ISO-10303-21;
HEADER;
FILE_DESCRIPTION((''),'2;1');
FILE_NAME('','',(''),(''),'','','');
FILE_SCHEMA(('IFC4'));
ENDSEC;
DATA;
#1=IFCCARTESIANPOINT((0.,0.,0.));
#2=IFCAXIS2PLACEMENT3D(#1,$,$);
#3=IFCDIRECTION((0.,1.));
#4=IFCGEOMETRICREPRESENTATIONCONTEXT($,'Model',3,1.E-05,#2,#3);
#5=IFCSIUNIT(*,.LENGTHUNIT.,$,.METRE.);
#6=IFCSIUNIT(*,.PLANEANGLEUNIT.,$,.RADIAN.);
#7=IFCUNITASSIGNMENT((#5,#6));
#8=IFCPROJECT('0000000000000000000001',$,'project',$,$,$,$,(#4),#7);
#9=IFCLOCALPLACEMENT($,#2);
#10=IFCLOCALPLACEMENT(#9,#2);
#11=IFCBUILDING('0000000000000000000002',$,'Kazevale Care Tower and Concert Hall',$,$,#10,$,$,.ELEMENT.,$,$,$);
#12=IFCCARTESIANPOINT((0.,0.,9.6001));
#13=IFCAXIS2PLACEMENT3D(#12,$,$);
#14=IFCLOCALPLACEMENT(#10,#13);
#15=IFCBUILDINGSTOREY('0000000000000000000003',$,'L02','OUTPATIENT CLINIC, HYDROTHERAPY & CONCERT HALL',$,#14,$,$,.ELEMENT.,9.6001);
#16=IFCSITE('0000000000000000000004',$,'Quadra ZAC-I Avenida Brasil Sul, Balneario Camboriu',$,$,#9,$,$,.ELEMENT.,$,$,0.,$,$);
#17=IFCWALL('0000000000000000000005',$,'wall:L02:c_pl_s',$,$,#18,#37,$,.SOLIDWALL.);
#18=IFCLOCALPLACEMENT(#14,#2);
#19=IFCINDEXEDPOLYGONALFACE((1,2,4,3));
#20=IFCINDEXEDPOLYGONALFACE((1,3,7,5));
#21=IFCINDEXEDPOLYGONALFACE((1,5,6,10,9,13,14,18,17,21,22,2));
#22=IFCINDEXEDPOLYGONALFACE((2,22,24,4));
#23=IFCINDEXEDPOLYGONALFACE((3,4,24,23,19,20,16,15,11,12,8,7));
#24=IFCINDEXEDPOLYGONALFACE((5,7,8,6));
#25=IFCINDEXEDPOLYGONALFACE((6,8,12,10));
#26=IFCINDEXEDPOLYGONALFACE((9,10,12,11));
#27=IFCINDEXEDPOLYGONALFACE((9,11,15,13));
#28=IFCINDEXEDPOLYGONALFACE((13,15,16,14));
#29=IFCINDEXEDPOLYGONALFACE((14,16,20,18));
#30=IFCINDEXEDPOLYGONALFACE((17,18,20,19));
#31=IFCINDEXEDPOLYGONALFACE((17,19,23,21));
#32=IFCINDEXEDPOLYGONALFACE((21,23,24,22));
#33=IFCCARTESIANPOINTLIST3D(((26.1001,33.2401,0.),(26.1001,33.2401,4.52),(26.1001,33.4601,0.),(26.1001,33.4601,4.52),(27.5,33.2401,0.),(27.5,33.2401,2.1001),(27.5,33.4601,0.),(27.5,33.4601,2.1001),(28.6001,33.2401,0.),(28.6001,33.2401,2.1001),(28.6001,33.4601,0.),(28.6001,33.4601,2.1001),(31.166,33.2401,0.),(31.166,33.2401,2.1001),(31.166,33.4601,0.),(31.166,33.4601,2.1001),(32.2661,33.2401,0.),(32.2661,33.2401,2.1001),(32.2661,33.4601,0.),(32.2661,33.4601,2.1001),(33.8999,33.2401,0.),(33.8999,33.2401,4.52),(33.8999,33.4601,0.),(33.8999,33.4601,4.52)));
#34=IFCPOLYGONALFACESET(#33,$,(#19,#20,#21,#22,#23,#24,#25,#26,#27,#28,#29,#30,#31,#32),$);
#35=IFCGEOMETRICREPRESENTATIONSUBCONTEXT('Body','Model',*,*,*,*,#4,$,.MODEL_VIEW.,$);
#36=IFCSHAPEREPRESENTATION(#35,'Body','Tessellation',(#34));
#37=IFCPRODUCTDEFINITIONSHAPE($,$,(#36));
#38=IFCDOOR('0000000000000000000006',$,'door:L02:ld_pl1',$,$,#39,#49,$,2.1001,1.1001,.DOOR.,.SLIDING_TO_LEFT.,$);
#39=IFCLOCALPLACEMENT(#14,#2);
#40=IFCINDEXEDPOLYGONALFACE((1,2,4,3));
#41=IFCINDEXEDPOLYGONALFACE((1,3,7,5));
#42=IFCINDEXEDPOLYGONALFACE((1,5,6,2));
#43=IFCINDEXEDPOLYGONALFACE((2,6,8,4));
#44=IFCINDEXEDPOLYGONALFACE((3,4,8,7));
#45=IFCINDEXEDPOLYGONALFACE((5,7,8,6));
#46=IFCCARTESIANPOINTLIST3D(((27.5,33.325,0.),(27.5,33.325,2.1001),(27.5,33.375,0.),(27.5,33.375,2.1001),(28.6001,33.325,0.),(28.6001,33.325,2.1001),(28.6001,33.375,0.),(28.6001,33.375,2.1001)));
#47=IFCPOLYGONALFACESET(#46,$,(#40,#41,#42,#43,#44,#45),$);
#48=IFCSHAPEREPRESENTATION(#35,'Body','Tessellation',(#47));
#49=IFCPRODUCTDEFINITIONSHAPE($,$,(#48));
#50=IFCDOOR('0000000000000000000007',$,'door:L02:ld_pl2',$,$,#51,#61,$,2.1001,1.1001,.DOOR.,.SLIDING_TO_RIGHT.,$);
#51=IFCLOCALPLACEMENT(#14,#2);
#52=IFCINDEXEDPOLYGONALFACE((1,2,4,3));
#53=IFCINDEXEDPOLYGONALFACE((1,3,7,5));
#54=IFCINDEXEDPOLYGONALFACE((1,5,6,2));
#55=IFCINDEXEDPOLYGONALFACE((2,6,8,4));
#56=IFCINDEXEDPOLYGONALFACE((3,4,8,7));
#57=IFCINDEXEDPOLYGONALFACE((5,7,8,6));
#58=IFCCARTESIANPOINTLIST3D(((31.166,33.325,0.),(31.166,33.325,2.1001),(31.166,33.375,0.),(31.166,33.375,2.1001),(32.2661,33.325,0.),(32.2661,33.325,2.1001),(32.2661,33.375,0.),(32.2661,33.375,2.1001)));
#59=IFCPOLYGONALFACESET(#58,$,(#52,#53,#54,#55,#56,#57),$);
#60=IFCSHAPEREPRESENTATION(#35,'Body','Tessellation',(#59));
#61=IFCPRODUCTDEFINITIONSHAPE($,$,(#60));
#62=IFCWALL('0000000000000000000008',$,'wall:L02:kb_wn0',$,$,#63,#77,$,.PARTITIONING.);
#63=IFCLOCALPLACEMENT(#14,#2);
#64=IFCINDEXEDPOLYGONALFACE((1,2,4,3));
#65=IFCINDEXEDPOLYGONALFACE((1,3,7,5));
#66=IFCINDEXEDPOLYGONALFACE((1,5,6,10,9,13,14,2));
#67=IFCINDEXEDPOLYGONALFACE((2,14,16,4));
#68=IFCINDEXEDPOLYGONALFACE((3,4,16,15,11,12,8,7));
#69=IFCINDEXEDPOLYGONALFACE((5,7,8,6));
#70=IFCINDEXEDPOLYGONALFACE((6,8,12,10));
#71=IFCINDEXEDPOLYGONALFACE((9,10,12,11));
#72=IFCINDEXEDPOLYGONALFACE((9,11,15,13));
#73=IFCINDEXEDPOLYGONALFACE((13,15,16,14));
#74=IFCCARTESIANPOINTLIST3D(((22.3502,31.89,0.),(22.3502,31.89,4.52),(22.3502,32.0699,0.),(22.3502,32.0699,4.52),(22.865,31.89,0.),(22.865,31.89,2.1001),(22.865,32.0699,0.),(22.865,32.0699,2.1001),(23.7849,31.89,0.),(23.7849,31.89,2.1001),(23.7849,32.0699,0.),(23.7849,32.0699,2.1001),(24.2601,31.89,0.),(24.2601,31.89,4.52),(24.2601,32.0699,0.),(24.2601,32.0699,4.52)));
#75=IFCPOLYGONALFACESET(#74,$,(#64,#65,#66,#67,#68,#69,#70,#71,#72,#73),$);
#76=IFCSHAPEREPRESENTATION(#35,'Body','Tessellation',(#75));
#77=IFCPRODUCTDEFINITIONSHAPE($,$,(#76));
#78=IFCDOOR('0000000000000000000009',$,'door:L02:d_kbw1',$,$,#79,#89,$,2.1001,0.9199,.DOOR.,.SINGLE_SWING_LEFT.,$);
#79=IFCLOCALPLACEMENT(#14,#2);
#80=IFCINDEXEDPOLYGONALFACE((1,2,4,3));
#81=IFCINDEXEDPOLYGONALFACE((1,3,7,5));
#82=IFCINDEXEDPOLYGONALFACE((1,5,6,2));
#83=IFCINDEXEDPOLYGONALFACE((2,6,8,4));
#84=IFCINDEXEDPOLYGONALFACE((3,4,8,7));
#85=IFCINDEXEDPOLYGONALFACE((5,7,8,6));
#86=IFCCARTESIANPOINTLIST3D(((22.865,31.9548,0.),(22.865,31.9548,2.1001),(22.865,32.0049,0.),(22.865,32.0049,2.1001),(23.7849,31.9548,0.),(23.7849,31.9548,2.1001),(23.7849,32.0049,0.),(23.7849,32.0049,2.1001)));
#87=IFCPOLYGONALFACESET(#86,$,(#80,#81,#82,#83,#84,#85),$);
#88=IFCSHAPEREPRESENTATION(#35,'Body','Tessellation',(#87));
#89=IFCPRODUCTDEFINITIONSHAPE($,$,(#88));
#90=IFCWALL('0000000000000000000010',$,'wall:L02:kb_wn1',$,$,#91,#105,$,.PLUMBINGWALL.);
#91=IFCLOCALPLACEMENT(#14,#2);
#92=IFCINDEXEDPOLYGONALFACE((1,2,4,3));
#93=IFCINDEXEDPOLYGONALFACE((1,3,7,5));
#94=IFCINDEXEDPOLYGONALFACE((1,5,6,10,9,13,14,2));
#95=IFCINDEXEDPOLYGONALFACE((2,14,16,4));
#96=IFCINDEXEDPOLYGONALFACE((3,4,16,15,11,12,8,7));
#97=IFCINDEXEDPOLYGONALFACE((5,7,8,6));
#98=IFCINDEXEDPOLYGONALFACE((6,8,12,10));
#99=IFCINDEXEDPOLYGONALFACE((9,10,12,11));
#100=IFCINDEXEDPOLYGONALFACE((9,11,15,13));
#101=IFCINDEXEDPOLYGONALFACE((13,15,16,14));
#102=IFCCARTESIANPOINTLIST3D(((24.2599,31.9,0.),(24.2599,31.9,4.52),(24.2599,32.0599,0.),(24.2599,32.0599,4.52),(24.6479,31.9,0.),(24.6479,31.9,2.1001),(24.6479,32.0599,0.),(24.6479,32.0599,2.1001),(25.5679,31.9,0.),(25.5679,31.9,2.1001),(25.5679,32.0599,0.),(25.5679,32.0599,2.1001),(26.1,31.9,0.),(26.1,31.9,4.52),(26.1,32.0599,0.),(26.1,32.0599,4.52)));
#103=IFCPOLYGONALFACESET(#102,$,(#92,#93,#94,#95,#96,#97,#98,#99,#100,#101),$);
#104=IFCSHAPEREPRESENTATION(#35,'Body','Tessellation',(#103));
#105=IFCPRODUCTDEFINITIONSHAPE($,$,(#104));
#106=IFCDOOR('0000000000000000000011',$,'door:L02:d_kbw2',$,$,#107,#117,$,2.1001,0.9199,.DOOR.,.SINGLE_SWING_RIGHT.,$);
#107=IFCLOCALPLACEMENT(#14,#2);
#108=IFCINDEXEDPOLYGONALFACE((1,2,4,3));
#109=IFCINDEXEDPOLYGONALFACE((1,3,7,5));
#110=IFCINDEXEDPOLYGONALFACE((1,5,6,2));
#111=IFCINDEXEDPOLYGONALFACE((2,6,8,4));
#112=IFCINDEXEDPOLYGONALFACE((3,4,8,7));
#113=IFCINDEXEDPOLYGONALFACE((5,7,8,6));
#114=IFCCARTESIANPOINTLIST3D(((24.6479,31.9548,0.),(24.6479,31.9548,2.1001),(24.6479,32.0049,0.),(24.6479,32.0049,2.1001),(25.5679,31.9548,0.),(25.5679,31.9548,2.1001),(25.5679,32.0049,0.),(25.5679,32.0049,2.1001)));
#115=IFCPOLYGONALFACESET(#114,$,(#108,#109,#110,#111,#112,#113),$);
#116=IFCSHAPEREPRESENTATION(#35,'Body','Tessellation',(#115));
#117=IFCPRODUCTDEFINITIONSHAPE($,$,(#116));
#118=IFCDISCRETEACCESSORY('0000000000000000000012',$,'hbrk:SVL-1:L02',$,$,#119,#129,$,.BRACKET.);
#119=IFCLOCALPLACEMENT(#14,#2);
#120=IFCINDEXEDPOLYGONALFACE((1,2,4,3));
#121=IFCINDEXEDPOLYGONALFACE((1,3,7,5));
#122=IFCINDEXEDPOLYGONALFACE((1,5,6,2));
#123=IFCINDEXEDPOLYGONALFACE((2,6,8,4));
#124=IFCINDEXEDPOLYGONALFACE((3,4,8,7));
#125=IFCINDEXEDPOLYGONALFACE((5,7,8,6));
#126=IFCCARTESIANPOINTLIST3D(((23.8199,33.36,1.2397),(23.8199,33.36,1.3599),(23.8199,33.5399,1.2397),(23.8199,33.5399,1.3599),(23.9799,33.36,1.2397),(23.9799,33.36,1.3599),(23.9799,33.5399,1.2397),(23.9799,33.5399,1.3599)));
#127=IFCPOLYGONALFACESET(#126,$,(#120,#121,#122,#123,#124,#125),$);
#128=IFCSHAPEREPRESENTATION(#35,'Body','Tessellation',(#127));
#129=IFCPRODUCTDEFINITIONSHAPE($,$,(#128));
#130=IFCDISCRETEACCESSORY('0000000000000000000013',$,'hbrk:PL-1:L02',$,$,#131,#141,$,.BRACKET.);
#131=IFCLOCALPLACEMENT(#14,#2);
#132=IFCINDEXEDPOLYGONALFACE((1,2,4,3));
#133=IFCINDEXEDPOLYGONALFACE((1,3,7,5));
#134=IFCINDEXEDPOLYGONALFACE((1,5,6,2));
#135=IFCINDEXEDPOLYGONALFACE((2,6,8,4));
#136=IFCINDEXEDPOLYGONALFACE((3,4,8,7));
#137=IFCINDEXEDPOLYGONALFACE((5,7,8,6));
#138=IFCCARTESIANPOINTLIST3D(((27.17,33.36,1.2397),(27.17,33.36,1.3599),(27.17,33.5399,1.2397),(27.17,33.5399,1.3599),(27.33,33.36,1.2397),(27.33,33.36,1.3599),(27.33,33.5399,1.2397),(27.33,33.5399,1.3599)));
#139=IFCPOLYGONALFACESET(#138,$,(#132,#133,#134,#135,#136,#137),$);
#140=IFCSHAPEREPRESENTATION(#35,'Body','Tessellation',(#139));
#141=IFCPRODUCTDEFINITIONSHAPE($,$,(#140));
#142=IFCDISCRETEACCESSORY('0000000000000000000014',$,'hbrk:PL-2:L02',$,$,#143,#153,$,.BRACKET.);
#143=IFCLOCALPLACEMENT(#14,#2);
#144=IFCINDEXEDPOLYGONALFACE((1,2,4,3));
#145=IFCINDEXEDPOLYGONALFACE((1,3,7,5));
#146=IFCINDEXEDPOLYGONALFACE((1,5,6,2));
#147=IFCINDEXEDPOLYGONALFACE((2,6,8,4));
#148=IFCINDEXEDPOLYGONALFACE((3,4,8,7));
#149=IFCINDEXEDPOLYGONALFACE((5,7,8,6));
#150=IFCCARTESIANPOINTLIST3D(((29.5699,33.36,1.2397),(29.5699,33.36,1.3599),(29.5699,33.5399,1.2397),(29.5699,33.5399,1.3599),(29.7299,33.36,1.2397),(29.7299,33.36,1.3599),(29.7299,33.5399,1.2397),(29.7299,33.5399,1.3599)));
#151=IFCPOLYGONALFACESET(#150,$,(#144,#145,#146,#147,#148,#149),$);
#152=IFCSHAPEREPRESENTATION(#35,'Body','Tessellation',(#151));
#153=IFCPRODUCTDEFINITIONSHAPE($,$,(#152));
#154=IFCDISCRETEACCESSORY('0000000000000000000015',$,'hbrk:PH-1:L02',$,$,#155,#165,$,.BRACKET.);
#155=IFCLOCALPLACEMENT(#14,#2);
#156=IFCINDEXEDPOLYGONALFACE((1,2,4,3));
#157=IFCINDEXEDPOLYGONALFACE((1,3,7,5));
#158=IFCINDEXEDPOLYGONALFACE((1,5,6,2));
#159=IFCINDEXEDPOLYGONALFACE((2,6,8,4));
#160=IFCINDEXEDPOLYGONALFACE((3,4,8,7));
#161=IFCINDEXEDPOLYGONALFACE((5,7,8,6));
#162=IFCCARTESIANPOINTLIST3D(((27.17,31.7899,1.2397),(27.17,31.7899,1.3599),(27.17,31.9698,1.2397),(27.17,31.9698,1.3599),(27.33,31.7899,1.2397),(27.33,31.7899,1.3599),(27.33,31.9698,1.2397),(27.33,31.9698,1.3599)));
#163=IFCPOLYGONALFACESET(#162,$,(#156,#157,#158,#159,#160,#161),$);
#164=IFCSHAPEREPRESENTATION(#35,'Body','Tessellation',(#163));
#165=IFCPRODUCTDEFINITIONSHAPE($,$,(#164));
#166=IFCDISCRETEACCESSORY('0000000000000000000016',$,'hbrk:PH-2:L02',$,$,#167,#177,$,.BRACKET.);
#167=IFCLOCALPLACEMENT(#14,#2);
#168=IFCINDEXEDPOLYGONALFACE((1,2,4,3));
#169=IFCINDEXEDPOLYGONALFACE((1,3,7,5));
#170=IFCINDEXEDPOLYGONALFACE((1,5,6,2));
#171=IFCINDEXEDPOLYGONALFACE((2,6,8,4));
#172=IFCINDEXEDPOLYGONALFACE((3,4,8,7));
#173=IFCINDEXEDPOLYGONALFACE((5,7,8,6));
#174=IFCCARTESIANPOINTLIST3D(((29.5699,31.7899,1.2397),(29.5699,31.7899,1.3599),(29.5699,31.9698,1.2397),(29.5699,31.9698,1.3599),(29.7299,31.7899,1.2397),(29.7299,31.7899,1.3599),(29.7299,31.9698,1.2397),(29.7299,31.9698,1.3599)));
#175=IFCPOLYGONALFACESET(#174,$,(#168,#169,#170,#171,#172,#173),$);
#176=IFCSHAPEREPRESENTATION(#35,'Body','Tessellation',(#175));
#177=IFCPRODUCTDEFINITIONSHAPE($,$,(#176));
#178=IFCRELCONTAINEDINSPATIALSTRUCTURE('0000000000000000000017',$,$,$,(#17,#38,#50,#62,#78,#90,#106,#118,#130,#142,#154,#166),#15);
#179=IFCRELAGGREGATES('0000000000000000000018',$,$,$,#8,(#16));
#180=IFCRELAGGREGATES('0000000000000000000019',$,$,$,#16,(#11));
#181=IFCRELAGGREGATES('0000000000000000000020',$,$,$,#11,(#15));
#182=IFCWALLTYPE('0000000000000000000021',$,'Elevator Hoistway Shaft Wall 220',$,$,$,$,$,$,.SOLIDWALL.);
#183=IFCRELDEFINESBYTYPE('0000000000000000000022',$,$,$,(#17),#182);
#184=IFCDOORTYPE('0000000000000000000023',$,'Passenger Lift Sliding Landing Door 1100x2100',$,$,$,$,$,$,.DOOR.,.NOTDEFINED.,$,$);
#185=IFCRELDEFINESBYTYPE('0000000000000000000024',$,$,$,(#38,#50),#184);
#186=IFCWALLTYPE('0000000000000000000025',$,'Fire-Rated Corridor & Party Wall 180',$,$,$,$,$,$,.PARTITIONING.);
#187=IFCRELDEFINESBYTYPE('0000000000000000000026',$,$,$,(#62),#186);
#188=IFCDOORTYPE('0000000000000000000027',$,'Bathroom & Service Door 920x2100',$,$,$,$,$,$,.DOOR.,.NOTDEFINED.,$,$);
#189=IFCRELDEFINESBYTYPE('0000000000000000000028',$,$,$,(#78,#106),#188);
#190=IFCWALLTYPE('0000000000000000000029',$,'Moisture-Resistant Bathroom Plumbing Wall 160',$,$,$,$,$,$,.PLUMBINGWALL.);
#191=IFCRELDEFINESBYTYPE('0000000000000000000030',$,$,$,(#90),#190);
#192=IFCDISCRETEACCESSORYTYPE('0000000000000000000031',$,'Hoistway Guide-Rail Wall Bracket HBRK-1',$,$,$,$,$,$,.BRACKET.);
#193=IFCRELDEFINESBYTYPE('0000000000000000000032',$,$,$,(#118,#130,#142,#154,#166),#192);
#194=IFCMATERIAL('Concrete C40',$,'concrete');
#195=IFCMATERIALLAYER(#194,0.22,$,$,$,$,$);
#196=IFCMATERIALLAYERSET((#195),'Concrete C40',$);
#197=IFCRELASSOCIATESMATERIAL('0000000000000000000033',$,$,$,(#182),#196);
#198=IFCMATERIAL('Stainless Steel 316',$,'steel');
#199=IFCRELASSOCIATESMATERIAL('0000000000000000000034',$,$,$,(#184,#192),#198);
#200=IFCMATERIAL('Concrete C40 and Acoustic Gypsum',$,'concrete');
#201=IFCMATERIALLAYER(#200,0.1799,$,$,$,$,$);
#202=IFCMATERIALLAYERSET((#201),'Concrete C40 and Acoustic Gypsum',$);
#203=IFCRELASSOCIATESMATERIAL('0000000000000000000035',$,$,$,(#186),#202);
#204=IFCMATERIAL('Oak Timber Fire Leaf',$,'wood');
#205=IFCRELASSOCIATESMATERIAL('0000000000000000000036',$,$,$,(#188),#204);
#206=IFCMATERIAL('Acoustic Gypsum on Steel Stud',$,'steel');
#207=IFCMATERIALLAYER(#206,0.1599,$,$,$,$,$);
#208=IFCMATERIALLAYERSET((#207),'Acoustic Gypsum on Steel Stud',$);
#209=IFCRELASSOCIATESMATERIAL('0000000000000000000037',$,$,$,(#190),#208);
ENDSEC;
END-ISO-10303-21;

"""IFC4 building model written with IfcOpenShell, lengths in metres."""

from ifc_helpers import new_model, si_unit, direction, frame, frame_2d, origin, origin_2d, place, context, subcontext, project, spatial, rectangle, extrude, material, layer, layer_set, type_object, element, fill, save


model = new_model("IFC4")

# Units and contexts
model_context = context("Model", 3, precision=1e-05, world=origin(), true_north=direction((0.0, 1.0)))
body_context = subcontext(model_context, "Body", "Model", "MODEL_VIEW")
ifc_project = project(units=[si_unit("LENGTHUNIT", "METRE"), si_unit("PLANEANGLEUNIT", "RADIAN")], contexts=[model_context])

# Site, building, storey
site_placement = place(None, origin())
site = spatial("IfcSite", under=ifc_project, at=site_placement, Name="Quadra ZAC-I Avenida Brasil Sul, Balneario Camboriu", CompositionType="ELEMENT", RefElevation=0.0)
building_placement = place(site_placement, origin())
building = spatial("IfcBuilding", under=site, at=building_placement, Name="Kazevale Care Tower and Concert Hall", CompositionType="ELEMENT")
storey_placement = place(building_placement, frame((0.0, 0.0, 9.6001)))
storey = spatial("IfcBuildingStorey", under=building, at=storey_placement, Name="L02", Description="OUTPATIENT CLINIC, HYDROTHERAPY & CONCERT HALL", CompositionType="ELEMENT", Elevation=9.6001)

# Shared definitions
ifc_material_1 = material(Name="Concrete C40", Category="concrete")
ifc_layer_1 = layer(ifc_material_1, 0.22)
ifc_layer_set_1 = layer_set([ifc_layer_1], Name="Concrete C40")
wall_type_1 = type_object("IfcWallType", Name="Elevator Hoistway Shaft Wall 220", PredefinedType="SOLIDWALL", material=ifc_layer_set_1)

# Shared definitions
ifc_material_2 = material(Name="Stainless Steel 316", Category="steel")

# Wall, openings, doors
wall_1_placement = place(storey_placement, frame((26.1001, 33.3501, 0.0), z_axis=(0.0, 0.0, 1.0), x_axis=(1.0, 0.0, 0.0)))
wall_1 = element("IfcWall", 1, at=wall_1_placement, inside=storey, type_object=wall_type_1, Name="wall:L02:c_pl_s", PredefinedType="SOLIDWALL", context=body_context, shape_type="SweptSolid", body=[
    extrude(rectangle(XDim=7.7998, YDim=0.22, at=frame_2d((3.8999, 0.0))), origin(), (0.0, 0.0, 1.0), 4.52),
])
opening_1_placement = place(wall_1_placement, frame((1.3999, 0.0, 0.0)))
opening_1 = element("IfcOpeningElement", 2, at=opening_1_placement, cuts=wall_1, PredefinedType="OPENING", context=body_context, shape_type="SweptSolid", body=[
    extrude(rectangle(XDim=1.1001, YDim=2.1001, at=frame_2d((0.55, 1.05))), frame((0.0, 0.1199, 0.0), z_axis=(0.0, -1.0, 0.0), x_axis=(1.0, 0.0, 0.0)), (0.0, 0.0, 1.0), 0.24),
])
opening_2_placement = place(wall_1_placement, frame((5.0659, 0.0, 0.0)))
opening_2 = element("IfcOpeningElement", 3, at=opening_2_placement, cuts=wall_1, PredefinedType="OPENING", context=body_context, shape_type="SweptSolid", body=[
    extrude(rectangle(XDim=1.1001, YDim=2.1001, at=frame_2d((0.55, 1.05))), frame((0.0, 0.1199, 0.0), z_axis=(0.0, -1.0, 0.0), x_axis=(1.0, 0.0, 0.0)), (0.0, 0.0, 1.0), 0.24),
])
door_type_1 = type_object("IfcDoorType", Name="Passenger Lift Sliding Landing Door 1100x2100", OperationType="NOTDEFINED", PredefinedType="DOOR", material=ifc_material_2)
door_1_placement = place(opening_1_placement, origin())
door_1 = element("IfcDoor", 4, at=door_1_placement, inside=storey, type_object=door_type_1, Name="door:L02:ld_pl1", OperationType="SLIDING_TO_LEFT", OverallHeight=2.1001, OverallWidth=1.1001, PredefinedType="DOOR", context=body_context, shape_type="SweptSolid", body=[
    extrude(rectangle(XDim=1.1001, YDim=2.1001, at=frame_2d((0.55, 1.05))), frame((0.0, 0.0249, 0.0), z_axis=(0.0, -1.0, 0.0), x_axis=(1.0, 0.0, 0.0)), (0.0, 0.0, 1.0), 0.05),
])
fill(opening_1, door_1)
door_2_placement = place(opening_2_placement, origin())
door_2 = element("IfcDoor", 5, at=door_2_placement, inside=storey, type_object=door_type_1, Name="door:L02:ld_pl2", OperationType="SLIDING_TO_RIGHT", OverallHeight=2.1001, OverallWidth=1.1001, PredefinedType="DOOR", context=body_context, shape_type="SweptSolid", body=[
    extrude(rectangle(XDim=1.1001, YDim=2.1001, at=frame_2d((0.55, 1.05))), frame((0.0, 0.0249, 0.0), z_axis=(0.0, -1.0, 0.0), x_axis=(1.0, 0.0, 0.0)), (0.0, 0.0, 1.0), 0.05),
])
fill(opening_2, door_2)

# Walls, openings, doors
ifc_material_3 = material(Name="Concrete C40 and Acoustic Gypsum", Category="concrete")
ifc_layer_2 = layer(ifc_material_3, 0.1799)
ifc_layer_set_2 = layer_set([ifc_layer_2], Name="Concrete C40 and Acoustic Gypsum")
wall_type_2 = type_object("IfcWallType", Name="Fire-Rated Corridor & Party Wall 180", PredefinedType="PARTITIONING", material=ifc_layer_set_2)
wall_2_placement = place(storey_placement, frame((22.3501, 31.98, 0.0), z_axis=(0.0, 0.0, 1.0), x_axis=(1.0, 0.0, 0.0)))
wall_2 = element("IfcWall", 6, at=wall_2_placement, inside=storey, type_object=wall_type_2, Name="wall:L02:kb_wn0", PredefinedType="PARTITIONING", context=body_context, shape_type="SweptSolid", body=[
    extrude(rectangle(XDim=1.9099, YDim=0.1799, at=frame_2d((0.9551, 0.0))), origin(), (0.0, 0.0, 1.0), 4.52),
])
opening_3_placement = place(wall_2_placement, frame((0.5149, 0.0, 0.0)))
opening_3 = element("IfcOpeningElement", 7, at=opening_3_placement, cuts=wall_2, PredefinedType="OPENING", context=body_context, shape_type="SweptSolid", body=[
    extrude(rectangle(XDim=0.9199, YDim=2.1001, at=frame_2d((0.46, 1.05))), frame((0.0, 0.0999, 0.0), z_axis=(0.0, -1.0, 0.0), x_axis=(1.0, 0.0, 0.0)), (0.0, 0.0, 1.0), 0.2),
])
ifc_material_4 = material(Name="Oak Timber Fire Leaf", Category="wood")
door_type_2 = type_object("IfcDoorType", Name="Bathroom & Service Door 920x2100", OperationType="NOTDEFINED", PredefinedType="DOOR", material=ifc_material_4)
door_3_placement = place(opening_3_placement, origin())
door_3 = element("IfcDoor", 8, at=door_3_placement, inside=storey, type_object=door_type_2, Name="door:L02:d_kbw1", OperationType="SINGLE_SWING_LEFT", OverallHeight=2.1001, OverallWidth=0.9199, PredefinedType="DOOR", context=body_context, shape_type="SweptSolid", body=[
    extrude(rectangle(XDim=0.9199, YDim=2.1001, at=frame_2d((0.46, 1.05))), frame((0.0, 0.0249, 0.0), z_axis=(0.0, -1.0, 0.0), x_axis=(1.0, 0.0, 0.0)), (0.0, 0.0, 1.0), 0.05),
])
fill(opening_3, door_3)
ifc_material_5 = material(Name="Acoustic Gypsum on Steel Stud", Category="steel")
ifc_layer_3 = layer(ifc_material_5, 0.1599)
ifc_layer_set_3 = layer_set([ifc_layer_3], Name="Acoustic Gypsum on Steel Stud")
wall_type_3 = type_object("IfcWallType", Name="Moisture-Resistant Bathroom Plumbing Wall 160", PredefinedType="PLUMBINGWALL", material=ifc_layer_set_3)
wall_3_placement = place(storey_placement, frame((24.26, 31.98, 0.0), z_axis=(0.0, 0.0, 1.0), x_axis=(1.0, 0.0, 0.0)))
wall_3 = element("IfcWall", 9, at=wall_3_placement, inside=storey, type_object=wall_type_3, Name="wall:L02:kb_wn1", PredefinedType="PLUMBINGWALL", context=body_context, shape_type="SweptSolid", body=[
    extrude(rectangle(XDim=1.8401, YDim=0.1599, at=frame_2d((0.9199, 0.0))), origin(), (0.0, 0.0, 1.0), 4.52),
])
opening_4_placement = place(wall_3_placement, frame((0.3879, 0.0, 0.0)))
opening_4 = element("IfcOpeningElement", 10, at=opening_4_placement, cuts=wall_3, PredefinedType="OPENING", context=body_context, shape_type="SweptSolid", body=[
    extrude(rectangle(XDim=0.9199, YDim=2.1001, at=frame_2d((0.46, 1.05))), frame((0.0, 0.0898, 0.0), z_axis=(0.0, -1.0, 0.0), x_axis=(1.0, 0.0, 0.0)), (0.0, 0.0, 1.0), 0.1799),
])
door_4_placement = place(opening_4_placement, origin())
door_4 = element("IfcDoor", 11, at=door_4_placement, inside=storey, type_object=door_type_2, Name="door:L02:d_kbw2", OperationType="SINGLE_SWING_RIGHT", OverallHeight=2.1001, OverallWidth=0.9199, PredefinedType="DOOR", context=body_context, shape_type="SweptSolid", body=[
    extrude(rectangle(XDim=0.9199, YDim=2.1001, at=frame_2d((0.46, 1.05))), frame((0.0, 0.0249, 0.0), z_axis=(0.0, -1.0, 0.0), x_axis=(1.0, 0.0, 0.0)), (0.0, 0.0, 1.0), 0.05),
])
fill(opening_4, door_4)

# Discrete accessories
discrete_accessory_type = type_object("IfcDiscreteAccessoryType", Name="Hoistway Guide-Rail Wall Bracket HBRK-1", PredefinedType="BRACKET", material=ifc_material_2)
for number, where, z_axis, x_axis, name in (
    (12, (23.8999, 33.45, 1.2397), (0.0, 0.0, 1.0), (1.0, 0.0, 0.0), "hbrk:SVL-1:L02"),
    (13, (27.25, 33.45, 1.2397), (0.0, 0.0, 1.0), (1.0, 0.0, 0.0), "hbrk:PL-1:L02"),
    (14, (29.6499, 33.45, 1.2397), (0.0, 0.0, 1.0), (1.0, 0.0, 0.0), "hbrk:PL-2:L02"),
    (15, (27.25, 31.8799, 1.2397), (0.0, 0.0, 1.0), (1.0, 0.0, 0.0), "hbrk:PH-1:L02"),
    (16, (29.6499, 31.8799, 1.2397), (0.0, 0.0, 1.0), (1.0, 0.0, 0.0), "hbrk:PH-2:L02"),
):
    element("IfcDiscreteAccessory", number, at=place(storey_placement, frame(where, z_axis=z_axis, x_axis=x_axis)), inside=storey, type_object=discrete_accessory_type, Name=name, PredefinedType="BRACKET", context=body_context, shape_type="SweptSolid", body=[
        extrude(rectangle(XDim=0.1599, YDim=0.1799, at=origin_2d()), origin(), (0.0, 0.0, 1.0), 0.1201),
    ])

save(model, "model.ifc")
